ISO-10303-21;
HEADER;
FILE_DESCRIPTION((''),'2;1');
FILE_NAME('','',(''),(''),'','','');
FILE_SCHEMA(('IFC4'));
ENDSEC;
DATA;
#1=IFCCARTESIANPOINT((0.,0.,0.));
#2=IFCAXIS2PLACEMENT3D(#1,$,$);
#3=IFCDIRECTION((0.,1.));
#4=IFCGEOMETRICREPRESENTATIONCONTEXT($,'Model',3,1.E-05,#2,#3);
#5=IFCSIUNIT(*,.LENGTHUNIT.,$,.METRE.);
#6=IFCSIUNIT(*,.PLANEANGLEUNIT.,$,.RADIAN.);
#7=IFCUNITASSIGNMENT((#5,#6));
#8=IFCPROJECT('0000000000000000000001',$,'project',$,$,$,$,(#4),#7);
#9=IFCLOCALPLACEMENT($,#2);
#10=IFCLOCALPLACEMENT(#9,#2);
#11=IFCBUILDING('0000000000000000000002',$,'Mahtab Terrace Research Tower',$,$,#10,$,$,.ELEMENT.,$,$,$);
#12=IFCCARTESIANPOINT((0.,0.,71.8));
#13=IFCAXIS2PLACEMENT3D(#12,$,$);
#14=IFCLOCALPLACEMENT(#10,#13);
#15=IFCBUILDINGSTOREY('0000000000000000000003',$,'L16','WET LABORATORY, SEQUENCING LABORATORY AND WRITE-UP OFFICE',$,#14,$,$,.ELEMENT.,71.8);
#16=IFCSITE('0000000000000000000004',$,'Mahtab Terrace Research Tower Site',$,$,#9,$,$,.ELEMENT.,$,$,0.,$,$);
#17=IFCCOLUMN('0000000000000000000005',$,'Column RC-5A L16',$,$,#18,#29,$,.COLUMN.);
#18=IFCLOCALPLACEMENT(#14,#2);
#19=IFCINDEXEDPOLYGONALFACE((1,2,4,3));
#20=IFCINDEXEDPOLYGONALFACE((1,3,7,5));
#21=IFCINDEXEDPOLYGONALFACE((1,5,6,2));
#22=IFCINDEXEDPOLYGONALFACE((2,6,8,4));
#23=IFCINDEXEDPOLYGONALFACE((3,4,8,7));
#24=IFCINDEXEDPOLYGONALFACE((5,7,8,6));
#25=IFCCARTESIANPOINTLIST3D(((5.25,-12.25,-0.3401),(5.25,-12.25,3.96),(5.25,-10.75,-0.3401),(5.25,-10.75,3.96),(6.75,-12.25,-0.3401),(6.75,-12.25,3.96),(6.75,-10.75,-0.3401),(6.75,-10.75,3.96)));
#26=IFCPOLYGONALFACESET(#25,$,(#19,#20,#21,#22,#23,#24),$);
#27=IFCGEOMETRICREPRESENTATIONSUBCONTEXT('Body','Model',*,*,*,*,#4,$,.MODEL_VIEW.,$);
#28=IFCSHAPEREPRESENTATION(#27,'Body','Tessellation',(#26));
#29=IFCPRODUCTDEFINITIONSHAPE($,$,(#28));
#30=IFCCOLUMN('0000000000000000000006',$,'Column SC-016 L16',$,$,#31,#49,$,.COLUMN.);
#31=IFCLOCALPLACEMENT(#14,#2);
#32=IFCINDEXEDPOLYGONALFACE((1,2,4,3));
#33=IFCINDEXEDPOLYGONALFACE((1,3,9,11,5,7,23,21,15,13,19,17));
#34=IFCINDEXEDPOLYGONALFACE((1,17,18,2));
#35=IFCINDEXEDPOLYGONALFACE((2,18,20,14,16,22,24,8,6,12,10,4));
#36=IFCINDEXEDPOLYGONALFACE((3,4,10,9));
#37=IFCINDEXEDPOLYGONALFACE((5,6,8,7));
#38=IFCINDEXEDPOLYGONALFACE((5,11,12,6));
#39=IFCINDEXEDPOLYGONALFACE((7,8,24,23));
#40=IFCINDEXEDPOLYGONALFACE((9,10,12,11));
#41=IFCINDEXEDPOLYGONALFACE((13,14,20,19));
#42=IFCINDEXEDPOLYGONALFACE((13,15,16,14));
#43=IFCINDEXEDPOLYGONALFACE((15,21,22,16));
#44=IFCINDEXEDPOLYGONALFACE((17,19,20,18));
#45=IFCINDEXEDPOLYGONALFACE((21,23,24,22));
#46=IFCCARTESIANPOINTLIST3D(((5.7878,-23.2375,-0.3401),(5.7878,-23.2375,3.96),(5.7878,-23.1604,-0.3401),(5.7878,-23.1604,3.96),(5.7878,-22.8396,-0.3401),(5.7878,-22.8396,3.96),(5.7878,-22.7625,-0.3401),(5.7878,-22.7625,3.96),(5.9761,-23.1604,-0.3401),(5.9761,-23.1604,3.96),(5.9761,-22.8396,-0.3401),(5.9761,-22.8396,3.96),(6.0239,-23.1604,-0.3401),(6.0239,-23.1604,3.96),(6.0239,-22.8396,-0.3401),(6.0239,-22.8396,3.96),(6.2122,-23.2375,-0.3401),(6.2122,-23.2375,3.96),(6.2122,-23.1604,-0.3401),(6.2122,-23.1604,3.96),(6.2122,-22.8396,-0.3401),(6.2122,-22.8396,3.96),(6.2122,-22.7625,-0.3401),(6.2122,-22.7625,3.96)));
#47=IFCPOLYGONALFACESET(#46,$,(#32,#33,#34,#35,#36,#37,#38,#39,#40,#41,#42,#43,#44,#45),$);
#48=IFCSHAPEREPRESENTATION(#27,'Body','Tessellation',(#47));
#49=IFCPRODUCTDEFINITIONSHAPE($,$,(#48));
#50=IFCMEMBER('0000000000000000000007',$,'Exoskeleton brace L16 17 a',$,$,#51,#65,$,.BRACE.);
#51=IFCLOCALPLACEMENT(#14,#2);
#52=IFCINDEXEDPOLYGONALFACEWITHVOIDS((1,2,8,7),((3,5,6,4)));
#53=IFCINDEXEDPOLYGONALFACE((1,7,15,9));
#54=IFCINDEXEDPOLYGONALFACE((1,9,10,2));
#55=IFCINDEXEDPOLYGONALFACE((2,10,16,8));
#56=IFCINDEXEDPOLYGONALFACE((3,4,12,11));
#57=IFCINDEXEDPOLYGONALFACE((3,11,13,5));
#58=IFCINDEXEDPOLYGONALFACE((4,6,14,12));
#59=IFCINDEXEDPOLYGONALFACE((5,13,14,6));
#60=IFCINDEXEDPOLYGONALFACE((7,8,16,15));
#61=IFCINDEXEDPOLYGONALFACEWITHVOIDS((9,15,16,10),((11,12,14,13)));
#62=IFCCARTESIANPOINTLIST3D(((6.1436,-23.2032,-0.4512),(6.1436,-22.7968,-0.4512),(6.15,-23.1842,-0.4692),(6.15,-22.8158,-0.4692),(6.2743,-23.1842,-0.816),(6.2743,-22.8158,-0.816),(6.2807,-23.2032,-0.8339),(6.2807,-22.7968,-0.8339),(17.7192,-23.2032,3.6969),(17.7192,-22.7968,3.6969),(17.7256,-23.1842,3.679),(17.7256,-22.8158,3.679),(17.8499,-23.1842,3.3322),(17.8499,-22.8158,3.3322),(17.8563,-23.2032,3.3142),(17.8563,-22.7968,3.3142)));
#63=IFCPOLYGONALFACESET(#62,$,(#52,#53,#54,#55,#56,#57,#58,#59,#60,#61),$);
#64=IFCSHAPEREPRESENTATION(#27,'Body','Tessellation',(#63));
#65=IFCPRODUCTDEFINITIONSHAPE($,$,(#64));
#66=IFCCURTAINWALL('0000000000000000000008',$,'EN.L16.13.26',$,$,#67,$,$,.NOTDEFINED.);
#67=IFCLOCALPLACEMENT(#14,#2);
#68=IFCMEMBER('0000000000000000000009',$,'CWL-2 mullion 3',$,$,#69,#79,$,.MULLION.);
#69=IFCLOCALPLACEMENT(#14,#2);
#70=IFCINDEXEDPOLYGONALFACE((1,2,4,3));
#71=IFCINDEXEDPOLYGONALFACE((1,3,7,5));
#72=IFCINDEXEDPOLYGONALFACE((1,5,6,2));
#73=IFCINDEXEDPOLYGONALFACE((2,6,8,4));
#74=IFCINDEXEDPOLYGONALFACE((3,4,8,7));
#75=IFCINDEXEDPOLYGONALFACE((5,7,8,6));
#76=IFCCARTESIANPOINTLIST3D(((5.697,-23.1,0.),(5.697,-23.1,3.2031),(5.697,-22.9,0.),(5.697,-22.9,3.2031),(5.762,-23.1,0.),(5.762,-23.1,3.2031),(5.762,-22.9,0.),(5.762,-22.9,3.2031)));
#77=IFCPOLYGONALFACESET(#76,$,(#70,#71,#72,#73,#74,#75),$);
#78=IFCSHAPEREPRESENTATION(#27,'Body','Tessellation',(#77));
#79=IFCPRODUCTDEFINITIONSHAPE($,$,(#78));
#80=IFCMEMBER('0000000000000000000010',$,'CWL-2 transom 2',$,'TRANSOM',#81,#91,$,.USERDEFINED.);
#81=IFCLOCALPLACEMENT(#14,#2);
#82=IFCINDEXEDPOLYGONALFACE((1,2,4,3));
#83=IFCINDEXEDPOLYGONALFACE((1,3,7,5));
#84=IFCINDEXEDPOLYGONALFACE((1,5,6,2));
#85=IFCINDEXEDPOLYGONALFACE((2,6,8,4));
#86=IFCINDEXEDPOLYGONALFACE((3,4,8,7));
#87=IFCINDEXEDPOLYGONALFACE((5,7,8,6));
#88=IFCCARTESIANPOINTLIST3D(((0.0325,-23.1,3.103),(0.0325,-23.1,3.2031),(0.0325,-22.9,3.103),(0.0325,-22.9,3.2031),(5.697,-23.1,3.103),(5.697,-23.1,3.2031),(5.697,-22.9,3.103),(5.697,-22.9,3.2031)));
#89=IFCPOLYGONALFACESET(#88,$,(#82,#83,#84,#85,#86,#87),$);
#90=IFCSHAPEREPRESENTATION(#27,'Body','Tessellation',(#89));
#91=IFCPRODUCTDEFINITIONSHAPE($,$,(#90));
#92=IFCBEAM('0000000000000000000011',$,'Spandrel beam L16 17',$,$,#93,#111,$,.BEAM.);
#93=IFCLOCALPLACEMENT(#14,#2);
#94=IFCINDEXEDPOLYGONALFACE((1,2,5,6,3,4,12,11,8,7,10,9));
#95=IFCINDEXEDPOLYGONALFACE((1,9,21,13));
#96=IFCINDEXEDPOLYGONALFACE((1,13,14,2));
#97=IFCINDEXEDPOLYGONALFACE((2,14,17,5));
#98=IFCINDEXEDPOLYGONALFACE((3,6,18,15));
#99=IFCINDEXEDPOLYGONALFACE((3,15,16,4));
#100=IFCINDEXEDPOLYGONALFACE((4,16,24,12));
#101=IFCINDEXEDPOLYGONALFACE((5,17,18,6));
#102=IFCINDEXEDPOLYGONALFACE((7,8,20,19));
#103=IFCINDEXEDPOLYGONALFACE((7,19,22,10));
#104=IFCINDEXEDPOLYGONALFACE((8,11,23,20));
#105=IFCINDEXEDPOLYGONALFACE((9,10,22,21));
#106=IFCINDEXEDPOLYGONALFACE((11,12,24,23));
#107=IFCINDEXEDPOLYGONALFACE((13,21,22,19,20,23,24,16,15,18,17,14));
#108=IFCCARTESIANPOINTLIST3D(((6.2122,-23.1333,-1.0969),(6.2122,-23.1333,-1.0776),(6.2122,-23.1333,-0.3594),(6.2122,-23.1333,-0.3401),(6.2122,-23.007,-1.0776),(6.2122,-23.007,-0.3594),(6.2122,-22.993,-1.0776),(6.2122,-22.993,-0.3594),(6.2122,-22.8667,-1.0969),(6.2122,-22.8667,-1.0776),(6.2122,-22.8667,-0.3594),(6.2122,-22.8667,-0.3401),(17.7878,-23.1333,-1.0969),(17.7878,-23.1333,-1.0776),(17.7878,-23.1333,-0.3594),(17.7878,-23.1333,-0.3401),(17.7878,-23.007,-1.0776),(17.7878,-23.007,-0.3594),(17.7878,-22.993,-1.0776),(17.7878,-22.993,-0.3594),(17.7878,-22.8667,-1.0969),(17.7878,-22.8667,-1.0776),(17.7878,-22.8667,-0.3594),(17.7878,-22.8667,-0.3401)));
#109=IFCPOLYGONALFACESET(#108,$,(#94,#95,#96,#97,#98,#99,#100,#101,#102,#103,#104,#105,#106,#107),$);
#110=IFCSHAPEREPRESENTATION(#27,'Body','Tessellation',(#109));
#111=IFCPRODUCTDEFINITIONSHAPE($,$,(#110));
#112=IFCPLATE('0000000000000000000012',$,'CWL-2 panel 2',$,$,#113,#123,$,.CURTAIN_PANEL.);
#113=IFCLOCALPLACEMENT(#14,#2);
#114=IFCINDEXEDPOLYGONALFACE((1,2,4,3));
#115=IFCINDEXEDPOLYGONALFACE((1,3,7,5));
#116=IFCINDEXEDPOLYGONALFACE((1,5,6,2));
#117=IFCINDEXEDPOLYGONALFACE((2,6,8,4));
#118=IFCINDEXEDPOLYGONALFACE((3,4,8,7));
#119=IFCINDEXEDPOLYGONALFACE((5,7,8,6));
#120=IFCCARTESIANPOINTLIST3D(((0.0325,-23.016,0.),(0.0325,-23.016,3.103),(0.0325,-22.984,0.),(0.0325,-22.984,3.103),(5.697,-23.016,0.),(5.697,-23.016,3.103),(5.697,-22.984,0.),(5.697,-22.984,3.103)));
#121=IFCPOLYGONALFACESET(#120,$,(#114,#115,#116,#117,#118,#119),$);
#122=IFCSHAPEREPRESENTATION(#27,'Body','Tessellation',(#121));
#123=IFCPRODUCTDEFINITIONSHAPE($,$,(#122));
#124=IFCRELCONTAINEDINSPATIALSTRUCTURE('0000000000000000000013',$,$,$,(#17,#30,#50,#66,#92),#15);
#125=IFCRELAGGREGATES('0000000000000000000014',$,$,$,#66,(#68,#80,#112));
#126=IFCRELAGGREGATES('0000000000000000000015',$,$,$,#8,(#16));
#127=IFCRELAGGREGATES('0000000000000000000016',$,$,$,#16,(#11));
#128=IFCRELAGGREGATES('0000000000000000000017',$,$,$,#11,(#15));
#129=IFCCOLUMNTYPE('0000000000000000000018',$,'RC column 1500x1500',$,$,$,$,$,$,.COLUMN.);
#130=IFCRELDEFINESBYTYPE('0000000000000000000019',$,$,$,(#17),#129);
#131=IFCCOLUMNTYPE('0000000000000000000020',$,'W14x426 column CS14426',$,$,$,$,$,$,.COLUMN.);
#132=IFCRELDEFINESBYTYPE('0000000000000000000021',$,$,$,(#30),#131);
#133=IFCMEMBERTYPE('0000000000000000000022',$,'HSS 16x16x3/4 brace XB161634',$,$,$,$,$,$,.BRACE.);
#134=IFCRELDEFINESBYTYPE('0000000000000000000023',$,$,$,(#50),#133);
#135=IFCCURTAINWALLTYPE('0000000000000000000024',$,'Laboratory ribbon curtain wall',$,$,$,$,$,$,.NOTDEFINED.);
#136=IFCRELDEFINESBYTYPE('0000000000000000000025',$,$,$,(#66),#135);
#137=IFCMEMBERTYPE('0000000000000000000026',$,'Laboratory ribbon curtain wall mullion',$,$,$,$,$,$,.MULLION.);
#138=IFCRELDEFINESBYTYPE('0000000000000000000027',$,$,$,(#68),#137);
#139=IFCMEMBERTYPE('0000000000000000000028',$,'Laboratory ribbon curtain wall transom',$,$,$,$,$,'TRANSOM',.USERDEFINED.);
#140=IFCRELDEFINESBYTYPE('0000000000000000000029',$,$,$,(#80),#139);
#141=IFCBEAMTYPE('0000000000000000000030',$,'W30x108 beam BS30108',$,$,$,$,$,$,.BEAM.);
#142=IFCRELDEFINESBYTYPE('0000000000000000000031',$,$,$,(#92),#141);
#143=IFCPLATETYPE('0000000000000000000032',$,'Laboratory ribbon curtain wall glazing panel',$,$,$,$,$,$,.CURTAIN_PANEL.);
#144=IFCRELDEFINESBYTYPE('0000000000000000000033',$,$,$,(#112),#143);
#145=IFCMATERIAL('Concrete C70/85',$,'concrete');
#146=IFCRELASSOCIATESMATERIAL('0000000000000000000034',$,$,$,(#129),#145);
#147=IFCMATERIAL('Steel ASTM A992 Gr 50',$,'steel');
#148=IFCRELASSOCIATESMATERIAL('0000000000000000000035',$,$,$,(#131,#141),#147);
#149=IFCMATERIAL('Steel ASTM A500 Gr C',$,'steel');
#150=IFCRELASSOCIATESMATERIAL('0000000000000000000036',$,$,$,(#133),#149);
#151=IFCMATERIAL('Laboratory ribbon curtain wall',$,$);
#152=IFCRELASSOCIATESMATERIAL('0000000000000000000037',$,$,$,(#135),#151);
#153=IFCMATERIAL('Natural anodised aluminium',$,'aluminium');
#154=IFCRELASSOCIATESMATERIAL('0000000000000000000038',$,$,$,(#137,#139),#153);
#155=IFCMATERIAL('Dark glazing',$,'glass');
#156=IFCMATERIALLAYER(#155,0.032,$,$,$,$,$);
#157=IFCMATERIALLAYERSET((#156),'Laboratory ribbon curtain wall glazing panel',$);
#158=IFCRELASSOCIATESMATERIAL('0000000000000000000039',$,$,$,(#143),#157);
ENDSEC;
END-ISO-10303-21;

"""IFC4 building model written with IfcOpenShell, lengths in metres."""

from ifc_helpers import new_model, si_unit, direction, frame, origin, origin_2d, place, context, subcontext, project, spatial, rectangle, hollow_rectangle, i_section, extrude, material, layer, layer_set, material_profile, profile_set, type_object, element, aggregate, save


model = new_model("IFC4")

# Units and contexts
model_context = context("Model", 3, precision=1e-05, world=origin(), true_north=direction((0.0, 1.0)))
body_context = subcontext(model_context, "Body", "Model", "MODEL_VIEW")
ifc_project = project(units=[si_unit("LENGTHUNIT", "METRE"), si_unit("PLANEANGLEUNIT", "RADIAN")], contexts=[model_context])

# Site, building, storey
site_placement = place(None, origin())
site = spatial("IfcSite", under=ifc_project, at=site_placement, Name="Mahtab Terrace Research Tower Site", CompositionType="ELEMENT", RefElevation=0.0)
building_placement = place(site_placement, origin())
building = spatial("IfcBuilding", under=site, at=building_placement, Name="Mahtab Terrace Research Tower", CompositionType="ELEMENT")
storey_placement = place(building_placement, frame((0.0, 0.0, 71.8)))
storey = spatial("IfcBuildingStorey", under=building, at=storey_placement, Name="L16", Description="WET LABORATORY, SEQUENCING LABORATORY AND WRITE-UP OFFICE", CompositionType="ELEMENT", Elevation=71.8)

# Columns
ifc_material_1 = material(Name="Concrete C70/85", Category="concrete")
ifc_material_profile_1 = material_profile(ifc_material_1, rectangle(XDim=1.5, YDim=1.5, at=origin_2d()), Name="RC column 1500x1500")
ifc_profile_set_1 = profile_set([ifc_material_profile_1], Name="Concrete C70/85")
column_type_1 = type_object("IfcColumnType", Name="RC column 1500x1500", PredefinedType="COLUMN", material=ifc_profile_set_1)
column_1_placement = place(storey_placement, frame((6.0, -11.5, -0.3401), z_axis=(0.0, 0.0, 1.0), x_axis=(1.0, 0.0, 0.0)))
element("IfcColumn", 1, at=column_1_placement, inside=storey, type_object=column_type_1, Name="Column RC-5A L16", PredefinedType="COLUMN", context=body_context, shape_type="SweptSolid", body=[
    extrude(rectangle(XDim=1.5, YDim=1.5, at=origin_2d()), origin(), (0.0, 0.0, 1.0), 4.3),
])
ifc_material_2 = material(Name="Steel ASTM A992 Gr 50", Category="steel")
ifc_material_profile_2 = material_profile(ifc_material_2, i_section(OverallWidth=0.4243, OverallDepth=0.4751, WebThickness=0.0479, FlangeThickness=0.0771, at=origin_2d()), Name="W14X426")
ifc_profile_set_2 = profile_set([ifc_material_profile_2], Name="Steel ASTM A992 Gr 50")
column_type_2 = type_object("IfcColumnType", Name="W14x426 column CS14426", PredefinedType="COLUMN", material=ifc_profile_set_2)
column_2_placement = place(storey_placement, frame((6.0, -23.0, -0.3401), z_axis=(0.0, 0.0, 1.0), x_axis=(1.0, 0.0, 0.0)))
element("IfcColumn", 2, at=column_2_placement, inside=storey, type_object=column_type_2, Name="Column SC-016 L16", PredefinedType="COLUMN", context=body_context, shape_type="SweptSolid", body=[
    extrude(i_section(OverallWidth=0.4243, OverallDepth=0.4751, WebThickness=0.0479, FlangeThickness=0.0771, at=origin_2d()), origin(), (0.0, 0.0, 1.0), 4.3),
])

# Member
ifc_material_3 = material(Name="Steel ASTM A500 Gr C", Category="steel")
ifc_material_profile_3 = material_profile(ifc_material_3, hollow_rectangle(XDim=0.4065, YDim=0.4065, WallThickness=0.019, at=origin_2d()), Name="HSS16X16X3/4")
ifc_profile_set_3 = profile_set([ifc_material_profile_3], Name="Steel ASTM A500 Gr C")
member_type_1 = type_object("IfcMemberType", Name="HSS 16x16x3/4 brace XB161634", PredefinedType="BRACE", material=ifc_profile_set_3)
member_1_placement = place(storey_placement, frame((6.2122, -23.0, -0.6426), z_axis=(0.94138, 0.0, 0.337347), x_axis=(0.0, 1.0, 0.0)))
element("IfcMember", 3, at=member_1_placement, inside=storey, type_object=member_type_1, Name="Exoskeleton brace L16 17 a", PredefinedType="BRACE", context=body_context, shape_type="SweptSolid", body=[
    extrude(hollow_rectangle(XDim=0.4065, YDim=0.4065, WallThickness=0.019, at=origin_2d()), origin(), (0.0, 0.0, 1.0), 12.2964),
])

# Curtain wall, members
ifc_material_4 = material(Name="Laboratory ribbon curtain wall")
curtain_wall_type = type_object("IfcCurtainWallType", Name="Laboratory ribbon curtain wall", PredefinedType="NOTDEFINED", material=ifc_material_4)
curtain_wall_placement = place(storey_placement, origin())
curtain_wall = element("IfcCurtainWall", 4, at=curtain_wall_placement, inside=storey, type_object=curtain_wall_type, Name="EN.L16.13.26", PredefinedType="NOTDEFINED")
ifc_material_5 = material(Name="Natural anodised aluminium", Category="aluminium")
ifc_material_profile_4 = material_profile(ifc_material_5, rectangle(XDim=0.2, YDim=0.0649, at=origin_2d()), Name="MULLION 65x200")
ifc_profile_set_4 = profile_set([ifc_material_profile_4], Name="Natural anodised aluminium")
member_type_2 = type_object("IfcMemberType", Name="Laboratory ribbon curtain wall mullion", PredefinedType="MULLION", material=ifc_profile_set_4)
member_2_placement = place(storey_placement, frame((5.7295, -23.0, 0.0), z_axis=(0.0, 0.0, 1.0), x_axis=(0.0, 1.0, 0.0)))
member_2 = element("IfcMember", 5, at=member_2_placement, type_object=member_type_2, Name="CWL-2 mullion 3", PredefinedType="MULLION", context=body_context, shape_type="SweptSolid", body=[
    extrude(rectangle(XDim=0.2, YDim=0.0649, at=origin_2d()), origin(), (0.0, 0.0, 1.0), 3.2031),
])
ifc_material_profile_5 = material_profile(ifc_material_5, rectangle(XDim=0.2, YDim=0.1001, at=origin_2d()), Name="TRANSOM 100x200")
ifc_profile_set_5 = profile_set([ifc_material_profile_5], Name="Natural anodised aluminium")
member_type_3 = type_object("IfcMemberType", Name="Laboratory ribbon curtain wall transom", ElementType="TRANSOM", PredefinedType="USERDEFINED", material=ifc_profile_set_5)
member_3_placement = place(storey_placement, frame((0.0325, -23.0, 3.1531), z_axis=(1.0, 0.0, 0.0), x_axis=(0.0, 1.0, 0.0)))
member_3 = element("IfcMember", 6, at=member_3_placement, type_object=member_type_3, Name="CWL-2 transom 2", ObjectType="TRANSOM", PredefinedType="USERDEFINED", context=body_context, shape_type="SweptSolid", body=[
    extrude(rectangle(XDim=0.2, YDim=0.1001, at=origin_2d()), origin(), (0.0, 0.0, 1.0), 5.6646),
])

# Beam
ifc_material_profile_6 = material_profile(ifc_material_2, i_section(OverallWidth=0.2666, OverallDepth=0.7568, WebThickness=0.0139, FlangeThickness=0.0193, at=origin_2d()), Name="W30X108")
ifc_profile_set_6 = profile_set([ifc_material_profile_6], Name="Steel ASTM A992 Gr 50")
beam_type = type_object("IfcBeamType", Name="W30x108 beam BS30108", PredefinedType="BEAM", material=ifc_profile_set_6)
beam_placement = place(storey_placement, frame((6.2122, -23.0, -0.7185), z_axis=(1.0, 0.0, 0.0), x_axis=(0.0, 1.0, 0.0)))
element("IfcBeam", 7, at=beam_placement, inside=storey, type_object=beam_type, Name="Spandrel beam L16 17", PredefinedType="BEAM", context=body_context, shape_type="SweptSolid", body=[
    extrude(i_section(OverallWidth=0.2666, OverallDepth=0.7568, WebThickness=0.0139, FlangeThickness=0.0193, at=origin_2d()), origin(), (0.0, 0.0, 1.0), 11.5757),
])

# Plate
ifc_material_6 = material(Name="Dark glazing", Category="glass")
ifc_layer_1 = layer(ifc_material_6, 0.032)
ifc_layer_set_1 = layer_set([ifc_layer_1], Name="Laboratory ribbon curtain wall glazing panel")
plate_type = type_object("IfcPlateType", Name="Laboratory ribbon curtain wall glazing panel", PredefinedType="CURTAIN_PANEL", material=ifc_layer_set_1)
plate_placement = place(storey_placement, frame((2.8647, -23.0, 0.0), z_axis=(0.0, 0.0, 1.0), x_axis=(1.0, 0.0, 0.0)))
plate = element("IfcPlate", 8, at=plate_placement, type_object=plate_type, Name="CWL-2 panel 2", PredefinedType="CURTAIN_PANEL", context=body_context, shape_type="SweptSolid", body=[
    extrude(rectangle(XDim=5.6646, YDim=0.032, at=origin_2d()), origin(), (0.0, 0.0, 1.0), 3.103),
])
aggregate(curtain_wall, [member_2, member_3, plate])

save(model, "model.ifc")
